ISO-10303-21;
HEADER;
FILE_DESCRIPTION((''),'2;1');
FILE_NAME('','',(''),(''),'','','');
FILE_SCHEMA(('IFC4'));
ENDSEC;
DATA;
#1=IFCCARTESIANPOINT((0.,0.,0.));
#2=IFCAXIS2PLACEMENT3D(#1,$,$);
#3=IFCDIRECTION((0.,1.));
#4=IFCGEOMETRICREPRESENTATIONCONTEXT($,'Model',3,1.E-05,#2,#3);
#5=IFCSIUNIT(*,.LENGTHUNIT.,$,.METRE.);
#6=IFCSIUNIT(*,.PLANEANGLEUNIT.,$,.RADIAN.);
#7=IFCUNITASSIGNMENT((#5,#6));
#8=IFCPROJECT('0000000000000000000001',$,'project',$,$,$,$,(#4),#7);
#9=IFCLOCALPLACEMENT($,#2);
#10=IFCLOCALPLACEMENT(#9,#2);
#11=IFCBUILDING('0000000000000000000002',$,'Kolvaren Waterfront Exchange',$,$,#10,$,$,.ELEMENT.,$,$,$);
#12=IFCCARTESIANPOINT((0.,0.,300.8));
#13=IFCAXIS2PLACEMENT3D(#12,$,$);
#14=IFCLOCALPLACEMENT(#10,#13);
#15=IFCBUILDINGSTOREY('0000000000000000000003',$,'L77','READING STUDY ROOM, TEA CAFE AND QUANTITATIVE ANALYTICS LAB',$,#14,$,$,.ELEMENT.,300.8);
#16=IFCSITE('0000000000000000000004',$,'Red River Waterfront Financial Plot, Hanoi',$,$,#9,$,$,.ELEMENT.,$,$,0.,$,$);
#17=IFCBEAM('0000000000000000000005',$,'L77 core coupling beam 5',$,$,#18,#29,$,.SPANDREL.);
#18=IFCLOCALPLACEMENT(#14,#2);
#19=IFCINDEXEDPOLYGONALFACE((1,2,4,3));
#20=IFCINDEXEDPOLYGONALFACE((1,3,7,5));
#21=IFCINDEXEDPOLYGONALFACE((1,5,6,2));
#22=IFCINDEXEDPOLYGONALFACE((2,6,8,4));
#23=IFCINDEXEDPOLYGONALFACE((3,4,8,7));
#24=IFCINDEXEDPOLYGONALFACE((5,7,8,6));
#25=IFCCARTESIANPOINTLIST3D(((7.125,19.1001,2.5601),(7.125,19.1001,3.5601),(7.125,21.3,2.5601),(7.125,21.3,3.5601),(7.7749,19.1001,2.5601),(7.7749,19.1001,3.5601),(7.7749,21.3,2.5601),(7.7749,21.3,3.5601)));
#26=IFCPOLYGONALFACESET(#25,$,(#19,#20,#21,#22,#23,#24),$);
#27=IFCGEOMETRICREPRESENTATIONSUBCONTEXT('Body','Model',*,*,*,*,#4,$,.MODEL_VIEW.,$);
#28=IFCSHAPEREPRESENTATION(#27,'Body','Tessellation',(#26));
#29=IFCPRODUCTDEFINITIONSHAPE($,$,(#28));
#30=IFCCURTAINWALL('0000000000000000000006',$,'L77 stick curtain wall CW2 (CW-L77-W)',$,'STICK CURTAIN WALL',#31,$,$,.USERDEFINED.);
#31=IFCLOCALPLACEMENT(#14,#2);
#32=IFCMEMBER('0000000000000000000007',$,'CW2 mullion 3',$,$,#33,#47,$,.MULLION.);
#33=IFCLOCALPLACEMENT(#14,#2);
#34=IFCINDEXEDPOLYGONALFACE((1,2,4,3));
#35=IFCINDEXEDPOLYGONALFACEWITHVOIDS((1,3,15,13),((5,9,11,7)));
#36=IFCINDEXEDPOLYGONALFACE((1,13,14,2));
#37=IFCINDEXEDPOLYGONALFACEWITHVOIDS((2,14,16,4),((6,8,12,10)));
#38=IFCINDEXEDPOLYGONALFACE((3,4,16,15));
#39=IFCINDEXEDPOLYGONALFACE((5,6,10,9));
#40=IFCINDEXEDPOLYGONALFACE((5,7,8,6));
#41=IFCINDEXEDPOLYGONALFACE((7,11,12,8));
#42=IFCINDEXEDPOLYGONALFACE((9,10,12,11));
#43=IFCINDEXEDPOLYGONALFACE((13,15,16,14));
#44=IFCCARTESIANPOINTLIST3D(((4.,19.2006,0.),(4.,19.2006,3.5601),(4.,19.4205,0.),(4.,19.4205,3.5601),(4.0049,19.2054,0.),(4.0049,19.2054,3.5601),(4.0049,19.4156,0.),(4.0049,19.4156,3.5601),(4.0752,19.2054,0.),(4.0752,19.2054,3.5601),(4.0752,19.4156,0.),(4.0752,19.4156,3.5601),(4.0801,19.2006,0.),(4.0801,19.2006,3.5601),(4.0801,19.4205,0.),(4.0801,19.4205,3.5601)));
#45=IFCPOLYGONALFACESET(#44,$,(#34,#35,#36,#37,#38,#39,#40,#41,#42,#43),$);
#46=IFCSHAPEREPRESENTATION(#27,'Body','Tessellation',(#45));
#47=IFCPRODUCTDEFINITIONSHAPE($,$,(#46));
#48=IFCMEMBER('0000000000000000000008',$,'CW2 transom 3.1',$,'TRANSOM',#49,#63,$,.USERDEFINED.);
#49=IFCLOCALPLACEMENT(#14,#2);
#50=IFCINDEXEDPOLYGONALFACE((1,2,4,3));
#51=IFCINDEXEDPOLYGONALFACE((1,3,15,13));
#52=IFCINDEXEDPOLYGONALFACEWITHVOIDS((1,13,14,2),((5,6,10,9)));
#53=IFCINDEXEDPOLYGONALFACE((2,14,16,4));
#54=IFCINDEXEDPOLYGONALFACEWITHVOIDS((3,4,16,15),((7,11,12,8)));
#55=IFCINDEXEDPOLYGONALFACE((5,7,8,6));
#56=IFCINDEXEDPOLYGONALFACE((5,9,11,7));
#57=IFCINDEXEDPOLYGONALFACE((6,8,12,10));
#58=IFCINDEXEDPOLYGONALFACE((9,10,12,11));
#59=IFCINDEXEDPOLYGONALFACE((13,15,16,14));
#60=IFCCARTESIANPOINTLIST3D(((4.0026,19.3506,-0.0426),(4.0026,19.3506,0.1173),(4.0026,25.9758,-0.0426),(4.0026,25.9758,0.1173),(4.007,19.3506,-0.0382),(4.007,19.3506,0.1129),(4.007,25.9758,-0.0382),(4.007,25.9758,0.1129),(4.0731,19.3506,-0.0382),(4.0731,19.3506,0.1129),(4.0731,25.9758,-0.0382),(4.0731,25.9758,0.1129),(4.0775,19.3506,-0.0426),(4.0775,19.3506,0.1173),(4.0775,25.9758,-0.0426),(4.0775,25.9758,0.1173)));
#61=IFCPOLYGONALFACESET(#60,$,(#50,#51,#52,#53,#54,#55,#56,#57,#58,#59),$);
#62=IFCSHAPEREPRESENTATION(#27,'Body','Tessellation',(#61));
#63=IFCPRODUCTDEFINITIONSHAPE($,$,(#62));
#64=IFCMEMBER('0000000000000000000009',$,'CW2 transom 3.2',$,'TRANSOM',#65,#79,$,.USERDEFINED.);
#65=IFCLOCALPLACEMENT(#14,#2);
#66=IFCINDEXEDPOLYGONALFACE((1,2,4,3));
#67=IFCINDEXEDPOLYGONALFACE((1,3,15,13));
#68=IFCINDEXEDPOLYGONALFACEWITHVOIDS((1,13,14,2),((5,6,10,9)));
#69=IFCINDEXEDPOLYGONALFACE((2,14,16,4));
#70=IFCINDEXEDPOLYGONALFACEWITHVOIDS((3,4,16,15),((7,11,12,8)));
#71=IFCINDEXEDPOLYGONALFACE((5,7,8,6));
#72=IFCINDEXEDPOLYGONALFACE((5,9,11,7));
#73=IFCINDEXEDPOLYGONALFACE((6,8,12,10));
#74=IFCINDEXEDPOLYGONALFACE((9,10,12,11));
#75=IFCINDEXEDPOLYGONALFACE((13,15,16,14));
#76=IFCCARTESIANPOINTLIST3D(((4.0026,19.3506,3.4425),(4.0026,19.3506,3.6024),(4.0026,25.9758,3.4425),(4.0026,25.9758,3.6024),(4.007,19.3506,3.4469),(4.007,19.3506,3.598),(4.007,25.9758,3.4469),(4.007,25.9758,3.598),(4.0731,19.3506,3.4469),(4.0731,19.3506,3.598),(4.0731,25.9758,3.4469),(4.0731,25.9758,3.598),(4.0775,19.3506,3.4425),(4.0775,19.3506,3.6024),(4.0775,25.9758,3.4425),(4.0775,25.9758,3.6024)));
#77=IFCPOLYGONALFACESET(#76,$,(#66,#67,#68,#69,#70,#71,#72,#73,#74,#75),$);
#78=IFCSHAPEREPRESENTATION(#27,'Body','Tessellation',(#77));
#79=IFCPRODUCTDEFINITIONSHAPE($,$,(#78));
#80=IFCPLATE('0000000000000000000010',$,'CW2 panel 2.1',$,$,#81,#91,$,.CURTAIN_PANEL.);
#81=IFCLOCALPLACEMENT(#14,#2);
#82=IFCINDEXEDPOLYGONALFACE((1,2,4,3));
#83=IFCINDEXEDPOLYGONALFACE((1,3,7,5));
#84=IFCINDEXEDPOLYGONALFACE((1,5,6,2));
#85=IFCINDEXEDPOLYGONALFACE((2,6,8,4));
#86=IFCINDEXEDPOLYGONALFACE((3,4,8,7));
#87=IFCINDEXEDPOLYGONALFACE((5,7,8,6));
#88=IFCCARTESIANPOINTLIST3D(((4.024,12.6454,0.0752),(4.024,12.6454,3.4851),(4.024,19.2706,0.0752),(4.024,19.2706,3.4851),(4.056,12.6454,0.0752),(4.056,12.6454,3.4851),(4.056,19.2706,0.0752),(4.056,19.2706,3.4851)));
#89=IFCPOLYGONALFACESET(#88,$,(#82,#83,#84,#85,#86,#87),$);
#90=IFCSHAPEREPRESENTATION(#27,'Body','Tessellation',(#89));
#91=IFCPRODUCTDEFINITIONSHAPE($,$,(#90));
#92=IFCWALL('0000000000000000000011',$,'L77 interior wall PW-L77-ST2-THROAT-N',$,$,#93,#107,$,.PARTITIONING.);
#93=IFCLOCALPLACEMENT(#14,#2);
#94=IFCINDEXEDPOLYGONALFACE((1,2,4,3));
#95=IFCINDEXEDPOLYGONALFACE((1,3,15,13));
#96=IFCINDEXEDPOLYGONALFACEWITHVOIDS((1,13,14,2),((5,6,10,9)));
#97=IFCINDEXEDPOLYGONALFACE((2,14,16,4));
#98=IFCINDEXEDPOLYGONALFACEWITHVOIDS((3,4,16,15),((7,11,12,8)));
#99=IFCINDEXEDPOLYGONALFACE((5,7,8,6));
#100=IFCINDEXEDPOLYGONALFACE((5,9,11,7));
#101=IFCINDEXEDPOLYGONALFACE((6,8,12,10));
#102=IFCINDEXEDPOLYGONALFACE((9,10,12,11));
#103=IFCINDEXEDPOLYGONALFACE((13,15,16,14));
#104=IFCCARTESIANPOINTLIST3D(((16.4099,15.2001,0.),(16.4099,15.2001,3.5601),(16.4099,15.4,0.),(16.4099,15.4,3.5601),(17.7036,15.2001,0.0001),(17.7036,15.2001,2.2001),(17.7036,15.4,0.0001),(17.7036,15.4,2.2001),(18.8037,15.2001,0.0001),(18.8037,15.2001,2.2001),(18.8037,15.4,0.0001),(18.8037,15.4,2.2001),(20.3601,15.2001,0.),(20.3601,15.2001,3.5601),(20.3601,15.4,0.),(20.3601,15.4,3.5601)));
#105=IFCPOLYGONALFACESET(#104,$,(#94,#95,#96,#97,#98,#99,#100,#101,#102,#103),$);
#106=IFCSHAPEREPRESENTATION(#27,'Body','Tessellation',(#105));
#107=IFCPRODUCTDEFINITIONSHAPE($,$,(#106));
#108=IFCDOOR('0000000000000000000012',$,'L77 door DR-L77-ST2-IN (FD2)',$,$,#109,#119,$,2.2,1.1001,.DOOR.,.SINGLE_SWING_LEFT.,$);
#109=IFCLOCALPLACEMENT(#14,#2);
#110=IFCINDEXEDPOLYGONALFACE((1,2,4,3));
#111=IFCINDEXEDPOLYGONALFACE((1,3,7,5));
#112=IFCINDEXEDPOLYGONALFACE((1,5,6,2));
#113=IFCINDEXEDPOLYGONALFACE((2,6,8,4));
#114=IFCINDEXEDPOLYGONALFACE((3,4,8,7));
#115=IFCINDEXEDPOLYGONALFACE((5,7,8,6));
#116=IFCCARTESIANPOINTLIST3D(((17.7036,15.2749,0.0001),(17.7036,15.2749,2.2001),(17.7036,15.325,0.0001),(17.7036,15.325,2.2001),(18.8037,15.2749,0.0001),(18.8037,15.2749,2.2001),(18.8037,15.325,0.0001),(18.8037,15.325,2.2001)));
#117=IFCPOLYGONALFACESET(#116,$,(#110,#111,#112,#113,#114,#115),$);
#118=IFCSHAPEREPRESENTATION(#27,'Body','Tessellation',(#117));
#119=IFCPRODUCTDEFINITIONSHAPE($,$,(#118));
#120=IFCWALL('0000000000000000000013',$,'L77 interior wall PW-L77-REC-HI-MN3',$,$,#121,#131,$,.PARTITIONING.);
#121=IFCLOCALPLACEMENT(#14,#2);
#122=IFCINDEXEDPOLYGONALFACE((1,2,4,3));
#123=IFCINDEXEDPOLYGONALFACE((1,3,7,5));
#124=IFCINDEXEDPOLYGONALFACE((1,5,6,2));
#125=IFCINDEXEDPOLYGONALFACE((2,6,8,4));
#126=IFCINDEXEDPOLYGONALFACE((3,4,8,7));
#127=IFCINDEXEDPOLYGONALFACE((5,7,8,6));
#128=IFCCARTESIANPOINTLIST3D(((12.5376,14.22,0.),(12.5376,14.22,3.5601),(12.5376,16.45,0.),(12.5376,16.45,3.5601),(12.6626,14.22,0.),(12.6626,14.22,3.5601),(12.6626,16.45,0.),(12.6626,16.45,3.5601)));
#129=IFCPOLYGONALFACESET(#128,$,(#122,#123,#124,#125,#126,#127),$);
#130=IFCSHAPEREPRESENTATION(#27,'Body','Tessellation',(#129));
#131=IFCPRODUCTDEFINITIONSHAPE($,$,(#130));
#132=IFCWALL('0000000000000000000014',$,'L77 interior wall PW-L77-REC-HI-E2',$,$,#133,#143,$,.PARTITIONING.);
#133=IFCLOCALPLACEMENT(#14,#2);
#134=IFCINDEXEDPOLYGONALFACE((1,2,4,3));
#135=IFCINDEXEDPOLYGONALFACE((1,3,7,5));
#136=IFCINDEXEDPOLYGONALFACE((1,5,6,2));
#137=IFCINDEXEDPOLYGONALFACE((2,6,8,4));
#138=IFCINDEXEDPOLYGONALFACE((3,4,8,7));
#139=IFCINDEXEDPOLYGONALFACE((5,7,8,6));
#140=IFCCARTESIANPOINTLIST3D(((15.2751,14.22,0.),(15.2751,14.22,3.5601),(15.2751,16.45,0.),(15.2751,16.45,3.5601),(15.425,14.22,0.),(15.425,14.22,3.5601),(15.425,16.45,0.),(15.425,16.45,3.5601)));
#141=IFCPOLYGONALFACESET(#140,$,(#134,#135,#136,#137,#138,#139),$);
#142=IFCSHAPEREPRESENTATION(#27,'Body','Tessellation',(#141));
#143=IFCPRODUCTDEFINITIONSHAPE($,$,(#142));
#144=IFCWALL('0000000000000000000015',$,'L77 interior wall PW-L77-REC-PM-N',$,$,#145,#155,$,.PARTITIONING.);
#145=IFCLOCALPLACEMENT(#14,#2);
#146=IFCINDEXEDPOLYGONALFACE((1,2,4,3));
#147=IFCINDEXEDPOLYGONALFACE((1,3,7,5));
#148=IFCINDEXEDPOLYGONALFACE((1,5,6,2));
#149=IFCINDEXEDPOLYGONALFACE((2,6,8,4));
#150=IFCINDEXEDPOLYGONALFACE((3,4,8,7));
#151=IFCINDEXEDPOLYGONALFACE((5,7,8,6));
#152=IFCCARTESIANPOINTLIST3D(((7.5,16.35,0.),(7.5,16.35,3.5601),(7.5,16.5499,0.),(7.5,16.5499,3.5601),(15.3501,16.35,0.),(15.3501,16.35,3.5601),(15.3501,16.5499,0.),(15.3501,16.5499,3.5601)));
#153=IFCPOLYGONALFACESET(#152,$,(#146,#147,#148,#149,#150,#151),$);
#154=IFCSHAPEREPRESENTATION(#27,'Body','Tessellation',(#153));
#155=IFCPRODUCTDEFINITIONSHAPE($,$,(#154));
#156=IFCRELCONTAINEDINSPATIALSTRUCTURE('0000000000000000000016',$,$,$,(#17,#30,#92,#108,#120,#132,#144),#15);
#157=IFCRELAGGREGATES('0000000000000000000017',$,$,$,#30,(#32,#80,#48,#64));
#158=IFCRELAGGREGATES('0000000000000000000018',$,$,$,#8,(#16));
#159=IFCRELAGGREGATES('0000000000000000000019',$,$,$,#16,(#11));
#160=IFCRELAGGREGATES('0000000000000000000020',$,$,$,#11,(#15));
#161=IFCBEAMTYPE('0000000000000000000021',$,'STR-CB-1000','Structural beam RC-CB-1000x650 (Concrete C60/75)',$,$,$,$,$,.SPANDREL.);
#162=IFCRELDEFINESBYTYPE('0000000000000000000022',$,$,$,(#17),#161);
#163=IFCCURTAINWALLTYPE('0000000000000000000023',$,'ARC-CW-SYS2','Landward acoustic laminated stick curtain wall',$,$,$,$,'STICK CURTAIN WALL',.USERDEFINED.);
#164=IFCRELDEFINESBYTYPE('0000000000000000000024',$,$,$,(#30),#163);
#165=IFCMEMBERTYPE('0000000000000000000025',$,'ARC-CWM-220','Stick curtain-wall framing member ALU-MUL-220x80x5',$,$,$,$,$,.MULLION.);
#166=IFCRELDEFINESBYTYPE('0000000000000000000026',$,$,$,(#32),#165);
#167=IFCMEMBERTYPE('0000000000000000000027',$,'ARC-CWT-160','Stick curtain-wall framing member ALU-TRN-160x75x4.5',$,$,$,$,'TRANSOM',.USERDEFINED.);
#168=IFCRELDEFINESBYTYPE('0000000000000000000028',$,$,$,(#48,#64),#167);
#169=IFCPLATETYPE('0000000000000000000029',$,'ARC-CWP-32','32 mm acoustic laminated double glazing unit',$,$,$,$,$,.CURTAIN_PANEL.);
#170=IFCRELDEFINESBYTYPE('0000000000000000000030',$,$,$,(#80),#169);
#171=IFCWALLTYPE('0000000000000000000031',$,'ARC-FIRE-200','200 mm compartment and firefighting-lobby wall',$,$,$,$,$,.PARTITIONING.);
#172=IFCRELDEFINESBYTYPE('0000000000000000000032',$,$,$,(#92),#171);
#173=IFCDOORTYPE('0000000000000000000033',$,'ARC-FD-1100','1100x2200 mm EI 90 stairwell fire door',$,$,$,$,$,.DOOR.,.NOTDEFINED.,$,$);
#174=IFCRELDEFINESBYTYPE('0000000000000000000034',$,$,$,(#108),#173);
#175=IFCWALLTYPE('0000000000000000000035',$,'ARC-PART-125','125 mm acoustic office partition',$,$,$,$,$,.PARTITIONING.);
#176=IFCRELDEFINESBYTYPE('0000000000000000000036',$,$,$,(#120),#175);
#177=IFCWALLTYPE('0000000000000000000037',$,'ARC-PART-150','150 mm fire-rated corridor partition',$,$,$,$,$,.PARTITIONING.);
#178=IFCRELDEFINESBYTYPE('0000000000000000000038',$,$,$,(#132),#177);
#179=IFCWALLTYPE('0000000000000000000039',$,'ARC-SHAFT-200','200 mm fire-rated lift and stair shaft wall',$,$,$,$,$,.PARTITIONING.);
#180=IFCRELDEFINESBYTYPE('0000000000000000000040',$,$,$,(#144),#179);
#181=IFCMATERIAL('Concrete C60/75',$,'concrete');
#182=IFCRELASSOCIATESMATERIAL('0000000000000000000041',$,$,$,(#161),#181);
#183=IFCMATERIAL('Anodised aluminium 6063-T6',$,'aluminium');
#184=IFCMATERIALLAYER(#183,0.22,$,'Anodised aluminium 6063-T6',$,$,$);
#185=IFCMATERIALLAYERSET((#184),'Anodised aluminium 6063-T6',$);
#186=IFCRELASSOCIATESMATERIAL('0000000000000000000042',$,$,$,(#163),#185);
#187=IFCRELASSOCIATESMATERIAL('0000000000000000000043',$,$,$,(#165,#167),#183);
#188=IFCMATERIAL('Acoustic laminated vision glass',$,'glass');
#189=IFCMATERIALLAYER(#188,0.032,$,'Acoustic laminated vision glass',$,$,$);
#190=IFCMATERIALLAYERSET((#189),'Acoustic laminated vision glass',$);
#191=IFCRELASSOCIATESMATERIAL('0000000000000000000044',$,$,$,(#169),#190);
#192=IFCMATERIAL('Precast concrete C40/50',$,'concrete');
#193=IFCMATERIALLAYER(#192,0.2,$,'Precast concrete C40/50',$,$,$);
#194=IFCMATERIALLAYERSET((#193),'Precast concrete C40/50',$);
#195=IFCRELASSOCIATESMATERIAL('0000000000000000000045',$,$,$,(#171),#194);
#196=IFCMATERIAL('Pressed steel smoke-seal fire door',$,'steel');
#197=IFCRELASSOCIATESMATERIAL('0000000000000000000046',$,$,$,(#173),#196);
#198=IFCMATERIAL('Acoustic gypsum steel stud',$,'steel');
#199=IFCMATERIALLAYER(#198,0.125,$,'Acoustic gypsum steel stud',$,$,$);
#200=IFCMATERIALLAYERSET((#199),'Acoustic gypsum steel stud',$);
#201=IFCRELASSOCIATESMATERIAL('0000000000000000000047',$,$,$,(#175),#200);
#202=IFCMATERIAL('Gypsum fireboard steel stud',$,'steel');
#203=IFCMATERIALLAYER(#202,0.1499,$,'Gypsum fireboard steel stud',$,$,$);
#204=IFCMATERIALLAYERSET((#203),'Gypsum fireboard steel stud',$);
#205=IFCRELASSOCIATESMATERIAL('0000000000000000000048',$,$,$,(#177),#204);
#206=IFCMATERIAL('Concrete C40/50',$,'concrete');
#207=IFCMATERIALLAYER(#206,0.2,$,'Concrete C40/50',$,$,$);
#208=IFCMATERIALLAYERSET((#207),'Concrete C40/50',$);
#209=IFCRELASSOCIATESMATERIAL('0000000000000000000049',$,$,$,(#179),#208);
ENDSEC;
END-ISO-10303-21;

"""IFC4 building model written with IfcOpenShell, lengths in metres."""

from ifc_helpers import new_model, si_unit, direction, frame, frame_2d, origin, origin_with_axes, origin_2d, place, context, subcontext, project, spatial, rectangle, hollow_rectangle, extrude, source, transform, mapped, material, layer, layer_set, material_profile, profile_set, type_object, element, fill, aggregate, save


model = new_model("IFC4")

# Units and contexts
model_context = context("Model", 3, precision=1e-05, world=origin(), true_north=direction((0.0, 1.0)))
body_context = subcontext(model_context, "Body", "Model", "MODEL_VIEW")
ifc_project = project(units=[si_unit("LENGTHUNIT", "METRE"), si_unit("PLANEANGLEUNIT", "RADIAN")], contexts=[model_context])

# Site, building, storey
site_placement = place(None, origin())
site = spatial("IfcSite", under=ifc_project, at=site_placement, Name="Red River Waterfront Financial Plot, Hanoi", CompositionType="ELEMENT", RefElevation=0.0)
building_placement = place(site_placement, origin())
building = spatial("IfcBuilding", under=site, at=building_placement, Name="Kolvaren Waterfront Exchange", CompositionType="ELEMENT")
storey_placement = place(building_placement, frame((0.0, 0.0, 300.8)))
storey = spatial("IfcBuildingStorey", under=building, at=storey_placement, Name="L77", Description="READING STUDY ROOM, TEA CAFE AND QUANTITATIVE ANALYTICS LAB", CompositionType="ELEMENT", Elevation=300.8)

# Beam
ifc_material_1 = material(Name="Concrete C60/75", Category="concrete")
ifc_material_profile_1 = material_profile(ifc_material_1, rectangle(XDim=0.6499, YDim=1.0, at=origin_2d()), Name="RC-CB-1000x650")
ifc_profile_set_1 = profile_set([ifc_material_profile_1], Name="Concrete C60/75")
beam_type = type_object("IfcBeamType", Name="STR-CB-1000", Description="Structural beam RC-CB-1000x650 (Concrete C60/75)", PredefinedType="SPANDREL", material=ifc_profile_set_1)
beam_placement = place(storey_placement, frame((7.45, 19.1001, 3.0601), z_axis=(0.0, 1.0, 0.0), x_axis=(-1.0, 0.0, 0.0)))
element("IfcBeam", 1, at=beam_placement, inside=storey, type_object=beam_type, Name="L77 core coupling beam 5", PredefinedType="SPANDREL", context=body_context, shape_type="SweptSolid", body=[
    extrude(rectangle(XDim=0.6499, YDim=1.0, at=origin_2d()), origin(), (0.0, 0.0, 1.0), 2.2),
])

# Curtain wall, members, plate
ifc_material_2 = material(Name="Anodised aluminium 6063-T6", Category="aluminium")
ifc_layer_1 = layer(ifc_material_2, 0.22, Name="Anodised aluminium 6063-T6")
ifc_layer_set_1 = layer_set([ifc_layer_1], Name="Anodised aluminium 6063-T6")
curtain_wall_type = type_object("IfcCurtainWallType", Name="ARC-CW-SYS2", Description="Landward acoustic laminated stick curtain wall", ElementType="STICK CURTAIN WALL", PredefinedType="USERDEFINED", material=ifc_layer_set_1)
curtain_wall_placement = place(storey_placement, origin())
curtain_wall = element("IfcCurtainWall", 2, at=curtain_wall_placement, inside=storey, type_object=curtain_wall_type, Name="L77 stick curtain wall CW2 (CW-L77-W)", ObjectType="STICK CURTAIN WALL", PredefinedType="USERDEFINED")
ifc_material_profile_2 = material_profile(ifc_material_2, hollow_rectangle(XDim=0.0801, YDim=0.22, WallThickness=0.0049, at=origin_2d()), Name="ALU-MUL-220x80x5")
ifc_profile_set_2 = profile_set([ifc_material_profile_2], Name="Anodised aluminium 6063-T6")
member_type_1 = type_object("IfcMemberType", Name="ARC-CWM-220", Description="Stick curtain-wall framing member ALU-MUL-220x80x5", PredefinedType="MULLION", material=ifc_profile_set_2)
shared_shape_1 = source(origin_with_axes(), body_context, "Body", "SweptSolid", [
    extrude(hollow_rectangle(XDim=0.0801, YDim=0.22, WallThickness=0.0049, at=origin_2d()), origin(), (0.0, 0.0, 1.0), 3.5601),
])
member_1_placement = place(storey_placement, frame((4.04, 19.3105, 0.0), z_axis=(0.0, 0.0, 1.0), x_axis=(-1.0, 0.0, 0.0)))
member_1 = element("IfcMember", 3, at=member_1_placement, type_object=member_type_1, Name="CW2 mullion 3", PredefinedType="MULLION", context=body_context, shape_type="MappedRepresentation", body=[
    mapped(shared_shape_1, transform((0.0, 0.0, 0.0), x_axis=(1.0, 0.0, 0.0), y_axis=(0.0, 1.0, 0.0), z_axis=(0.0, 0.0, 1.0), scale=1.0)),
])
ifc_material_profile_3 = material_profile(ifc_material_2, hollow_rectangle(XDim=0.075, YDim=0.1599, WallThickness=0.0044, at=origin_2d()), Name="ALU-TRN-160x75x4.5")
ifc_profile_set_3 = profile_set([ifc_material_profile_3], Name="Anodised aluminium 6063-T6")
member_type_2 = type_object("IfcMemberType", Name="ARC-CWT-160", Description="Stick curtain-wall framing member ALU-TRN-160x75x4.5", ElementType="TRANSOM", PredefinedType="USERDEFINED", material=ifc_profile_set_3)
shared_shape_2 = source(origin_with_axes(), body_context, "Body", "SweptSolid", [
    extrude(hollow_rectangle(XDim=0.075, YDim=0.1599, WallThickness=0.0044, at=origin_2d()), origin(), (0.0, 0.0, 1.0), 6.6252),
])
member_2_placement = place(storey_placement, frame((4.04, 19.3506, 0.0374), z_axis=(0.0, 1.0, 0.0), x_axis=(-1.0, 0.0, 0.0)))
member_2 = element("IfcMember", 4, at=member_2_placement, type_object=member_type_2, Name="CW2 transom 3.1", ObjectType="TRANSOM", PredefinedType="USERDEFINED", context=body_context, shape_type="MappedRepresentation", body=[
    mapped(shared_shape_2, transform((0.0, 0.0, 0.0), x_axis=(1.0, 0.0, 0.0), y_axis=(0.0, 1.0, 0.0), z_axis=(0.0, 0.0, 1.0), scale=1.0)),
])
member_3_placement = place(storey_placement, frame((4.04, 19.3506, 3.5225), z_axis=(0.0, 1.0, 0.0), x_axis=(-1.0, 0.0, 0.0)))
member_3 = element("IfcMember", 5, at=member_3_placement, type_object=member_type_2, Name="CW2 transom 3.2", ObjectType="TRANSOM", PredefinedType="USERDEFINED", context=body_context, shape_type="MappedRepresentation", body=[
    mapped(shared_shape_2, transform((0.0, 0.0, 0.0), x_axis=(1.0, 0.0, 0.0), y_axis=(0.0, 1.0, 0.0), z_axis=(0.0, 0.0, 1.0), scale=1.0)),
])
ifc_material_3 = material(Name="Acoustic laminated vision glass", Category="glass")
ifc_layer_2 = layer(ifc_material_3, 0.032, Name="Acoustic laminated vision glass")
ifc_layer_set_2 = layer_set([ifc_layer_2], Name="Acoustic laminated vision glass")
plate_type = type_object("IfcPlateType", Name="ARC-CWP-32", Description="32 mm acoustic laminated double glazing unit", PredefinedType="CURTAIN_PANEL", material=ifc_layer_set_2)
shared_shape_3 = source(origin_with_axes(), body_context, "Body", "SweptSolid", [
    extrude(rectangle(XDim=6.6252, YDim=0.032, at=origin_2d()), origin(), (0.0, 0.0, 1.0), 3.4099),
])
plate_placement = place(storey_placement, frame((4.04, 15.958, 0.0752), z_axis=(0.0, 0.0, 1.0), x_axis=(0.0, 1.0, 0.0)))
plate = element("IfcPlate", 6, at=plate_placement, type_object=plate_type, Name="CW2 panel 2.1", PredefinedType="CURTAIN_PANEL", context=body_context, shape_type="MappedRepresentation", body=[
    mapped(shared_shape_3, transform((0.0, 0.0, 0.0), x_axis=(1.0, 0.0, 0.0), y_axis=(0.0, 1.0, 0.0), z_axis=(0.0, 0.0, 1.0), scale=1.0)),
])
aggregate(curtain_wall, [member_1, plate, member_2, member_3])

# Wall, opening, door
ifc_material_4 = material(Name="Precast concrete C40/50", Category="concrete")
ifc_layer_3 = layer(ifc_material_4, 0.2, Name="Precast concrete C40/50")
ifc_layer_set_3 = layer_set([ifc_layer_3], Name="Precast concrete C40/50")
wall_type_1 = type_object("IfcWallType", Name="ARC-FIRE-200", Description="200 mm compartment and firefighting-lobby wall", PredefinedType="PARTITIONING", material=ifc_layer_set_3)
wall_1_placement = place(storey_placement, frame((16.4099, 15.3, 0.0), z_axis=(0.0, 0.0, 1.0), x_axis=(1.0, 0.0, 0.0)))
wall_1 = element("IfcWall", 7, at=wall_1_placement, inside=storey, type_object=wall_type_1, Name="L77 interior wall PW-L77-ST2-THROAT-N", PredefinedType="PARTITIONING", context=body_context, shape_type="SweptSolid", body=[
    extrude(rectangle(XDim=3.9502, YDim=0.2, at=frame_2d((1.9751, 0.0))), origin(), (0.0, 0.0, 1.0), 3.5601),
])
opening_1_placement = place(wall_1_placement, frame((1.2937, 0.0, 0.0)))
opening_1 = element("IfcOpeningElement", 8, at=opening_1_placement, cuts=wall_1, PredefinedType="OPENING", context=body_context, shape_type="SweptSolid", body=[
    extrude(rectangle(XDim=1.1001, YDim=2.2, at=frame_2d((0.55, 1.1001))), frame((0.0, 0.1099, 0.0), z_axis=(0.0, -1.0, 0.0), x_axis=(1.0, 0.0, 0.0)), (0.0, 0.0, 1.0), 0.22),
])
ifc_material_5 = material(Name="Pressed steel smoke-seal fire door", Category="steel")
door_type_1 = type_object("IfcDoorType", Name="ARC-FD-1100", Description="1100x2200 mm EI 90 stairwell fire door", OperationType="NOTDEFINED", PredefinedType="DOOR", material=ifc_material_5)
door_1_placement = place(opening_1_placement, origin())
door_1 = element("IfcDoor", 9, at=door_1_placement, inside=storey, type_object=door_type_1, Name="L77 door DR-L77-ST2-IN (FD2)", OperationType="SINGLE_SWING_LEFT", OverallHeight=2.2, OverallWidth=1.1001, PredefinedType="DOOR", context=body_context, shape_type="SweptSolid", body=[
    extrude(rectangle(XDim=1.1001, YDim=2.2, at=frame_2d((0.55, 1.1001))), frame((0.0, 0.0249, 0.0), z_axis=(0.0, -1.0, 0.0), x_axis=(1.0, 0.0, 0.0)), (0.0, 0.0, 1.0), 0.05),
])
fill(opening_1, door_1)

# Walls
ifc_material_6 = material(Name="Acoustic gypsum steel stud", Category="steel")
ifc_layer_4 = layer(ifc_material_6, 0.125, Name="Acoustic gypsum steel stud")
ifc_layer_set_4 = layer_set([ifc_layer_4], Name="Acoustic gypsum steel stud")
wall_type_2 = type_object("IfcWallType", Name="ARC-PART-125", Description="125 mm acoustic office partition", PredefinedType="PARTITIONING", material=ifc_layer_set_4)
wall_2_placement = place(storey_placement, frame((12.6001, 14.22, 0.0), z_axis=(0.0, 0.0, 1.0), x_axis=(0.0, 1.0, 0.0)))
element("IfcWall", 10, at=wall_2_placement, inside=storey, type_object=wall_type_2, Name="L77 interior wall PW-L77-REC-HI-MN3", PredefinedType="PARTITIONING", context=body_context, shape_type="SweptSolid", body=[
    extrude(rectangle(XDim=2.23, YDim=0.125, at=frame_2d((1.115, 0.0))), origin(), (0.0, 0.0, 1.0), 3.5601),
])
ifc_material_7 = material(Name="Gypsum fireboard steel stud", Category="steel")
ifc_layer_5 = layer(ifc_material_7, 0.1499, Name="Gypsum fireboard steel stud")
ifc_layer_set_5 = layer_set([ifc_layer_5], Name="Gypsum fireboard steel stud")
wall_type_3 = type_object("IfcWallType", Name="ARC-PART-150", Description="150 mm fire-rated corridor partition", PredefinedType="PARTITIONING", material=ifc_layer_set_5)
wall_3_placement = place(storey_placement, frame((15.3501, 14.22, 0.0), z_axis=(0.0, 0.0, 1.0), x_axis=(0.0, 1.0, 0.0)))
element("IfcWall", 11, at=wall_3_placement, inside=storey, type_object=wall_type_3, Name="L77 interior wall PW-L77-REC-HI-E2", PredefinedType="PARTITIONING", context=body_context, shape_type="SweptSolid", body=[
    extrude(rectangle(XDim=2.23, YDim=0.1499, at=frame_2d((1.115, 0.0))), origin(), (0.0, 0.0, 1.0), 3.5601),
])
ifc_material_8 = material(Name="Concrete C40/50", Category="concrete")
ifc_layer_6 = layer(ifc_material_8, 0.2, Name="Concrete C40/50")
ifc_layer_set_6 = layer_set([ifc_layer_6], Name="Concrete C40/50")
wall_type_4 = type_object("IfcWallType", Name="ARC-SHAFT-200", Description="200 mm fire-rated lift and stair shaft wall", PredefinedType="PARTITIONING", material=ifc_layer_set_6)
wall_4_placement = place(storey_placement, frame((7.5, 16.45, 0.0), z_axis=(0.0, 0.0, 1.0), x_axis=(1.0, 0.0, 0.0)))
element("IfcWall", 12, at=wall_4_placement, inside=storey, type_object=wall_type_4, Name="L77 interior wall PW-L77-REC-PM-N", PredefinedType="PARTITIONING", context=body_context, shape_type="SweptSolid", body=[
    extrude(rectangle(XDim=7.8501, YDim=0.2, at=frame_2d((3.925, 0.0))), origin(), (0.0, 0.0, 1.0), 3.5601),
])

save(model, "model.ifc")
